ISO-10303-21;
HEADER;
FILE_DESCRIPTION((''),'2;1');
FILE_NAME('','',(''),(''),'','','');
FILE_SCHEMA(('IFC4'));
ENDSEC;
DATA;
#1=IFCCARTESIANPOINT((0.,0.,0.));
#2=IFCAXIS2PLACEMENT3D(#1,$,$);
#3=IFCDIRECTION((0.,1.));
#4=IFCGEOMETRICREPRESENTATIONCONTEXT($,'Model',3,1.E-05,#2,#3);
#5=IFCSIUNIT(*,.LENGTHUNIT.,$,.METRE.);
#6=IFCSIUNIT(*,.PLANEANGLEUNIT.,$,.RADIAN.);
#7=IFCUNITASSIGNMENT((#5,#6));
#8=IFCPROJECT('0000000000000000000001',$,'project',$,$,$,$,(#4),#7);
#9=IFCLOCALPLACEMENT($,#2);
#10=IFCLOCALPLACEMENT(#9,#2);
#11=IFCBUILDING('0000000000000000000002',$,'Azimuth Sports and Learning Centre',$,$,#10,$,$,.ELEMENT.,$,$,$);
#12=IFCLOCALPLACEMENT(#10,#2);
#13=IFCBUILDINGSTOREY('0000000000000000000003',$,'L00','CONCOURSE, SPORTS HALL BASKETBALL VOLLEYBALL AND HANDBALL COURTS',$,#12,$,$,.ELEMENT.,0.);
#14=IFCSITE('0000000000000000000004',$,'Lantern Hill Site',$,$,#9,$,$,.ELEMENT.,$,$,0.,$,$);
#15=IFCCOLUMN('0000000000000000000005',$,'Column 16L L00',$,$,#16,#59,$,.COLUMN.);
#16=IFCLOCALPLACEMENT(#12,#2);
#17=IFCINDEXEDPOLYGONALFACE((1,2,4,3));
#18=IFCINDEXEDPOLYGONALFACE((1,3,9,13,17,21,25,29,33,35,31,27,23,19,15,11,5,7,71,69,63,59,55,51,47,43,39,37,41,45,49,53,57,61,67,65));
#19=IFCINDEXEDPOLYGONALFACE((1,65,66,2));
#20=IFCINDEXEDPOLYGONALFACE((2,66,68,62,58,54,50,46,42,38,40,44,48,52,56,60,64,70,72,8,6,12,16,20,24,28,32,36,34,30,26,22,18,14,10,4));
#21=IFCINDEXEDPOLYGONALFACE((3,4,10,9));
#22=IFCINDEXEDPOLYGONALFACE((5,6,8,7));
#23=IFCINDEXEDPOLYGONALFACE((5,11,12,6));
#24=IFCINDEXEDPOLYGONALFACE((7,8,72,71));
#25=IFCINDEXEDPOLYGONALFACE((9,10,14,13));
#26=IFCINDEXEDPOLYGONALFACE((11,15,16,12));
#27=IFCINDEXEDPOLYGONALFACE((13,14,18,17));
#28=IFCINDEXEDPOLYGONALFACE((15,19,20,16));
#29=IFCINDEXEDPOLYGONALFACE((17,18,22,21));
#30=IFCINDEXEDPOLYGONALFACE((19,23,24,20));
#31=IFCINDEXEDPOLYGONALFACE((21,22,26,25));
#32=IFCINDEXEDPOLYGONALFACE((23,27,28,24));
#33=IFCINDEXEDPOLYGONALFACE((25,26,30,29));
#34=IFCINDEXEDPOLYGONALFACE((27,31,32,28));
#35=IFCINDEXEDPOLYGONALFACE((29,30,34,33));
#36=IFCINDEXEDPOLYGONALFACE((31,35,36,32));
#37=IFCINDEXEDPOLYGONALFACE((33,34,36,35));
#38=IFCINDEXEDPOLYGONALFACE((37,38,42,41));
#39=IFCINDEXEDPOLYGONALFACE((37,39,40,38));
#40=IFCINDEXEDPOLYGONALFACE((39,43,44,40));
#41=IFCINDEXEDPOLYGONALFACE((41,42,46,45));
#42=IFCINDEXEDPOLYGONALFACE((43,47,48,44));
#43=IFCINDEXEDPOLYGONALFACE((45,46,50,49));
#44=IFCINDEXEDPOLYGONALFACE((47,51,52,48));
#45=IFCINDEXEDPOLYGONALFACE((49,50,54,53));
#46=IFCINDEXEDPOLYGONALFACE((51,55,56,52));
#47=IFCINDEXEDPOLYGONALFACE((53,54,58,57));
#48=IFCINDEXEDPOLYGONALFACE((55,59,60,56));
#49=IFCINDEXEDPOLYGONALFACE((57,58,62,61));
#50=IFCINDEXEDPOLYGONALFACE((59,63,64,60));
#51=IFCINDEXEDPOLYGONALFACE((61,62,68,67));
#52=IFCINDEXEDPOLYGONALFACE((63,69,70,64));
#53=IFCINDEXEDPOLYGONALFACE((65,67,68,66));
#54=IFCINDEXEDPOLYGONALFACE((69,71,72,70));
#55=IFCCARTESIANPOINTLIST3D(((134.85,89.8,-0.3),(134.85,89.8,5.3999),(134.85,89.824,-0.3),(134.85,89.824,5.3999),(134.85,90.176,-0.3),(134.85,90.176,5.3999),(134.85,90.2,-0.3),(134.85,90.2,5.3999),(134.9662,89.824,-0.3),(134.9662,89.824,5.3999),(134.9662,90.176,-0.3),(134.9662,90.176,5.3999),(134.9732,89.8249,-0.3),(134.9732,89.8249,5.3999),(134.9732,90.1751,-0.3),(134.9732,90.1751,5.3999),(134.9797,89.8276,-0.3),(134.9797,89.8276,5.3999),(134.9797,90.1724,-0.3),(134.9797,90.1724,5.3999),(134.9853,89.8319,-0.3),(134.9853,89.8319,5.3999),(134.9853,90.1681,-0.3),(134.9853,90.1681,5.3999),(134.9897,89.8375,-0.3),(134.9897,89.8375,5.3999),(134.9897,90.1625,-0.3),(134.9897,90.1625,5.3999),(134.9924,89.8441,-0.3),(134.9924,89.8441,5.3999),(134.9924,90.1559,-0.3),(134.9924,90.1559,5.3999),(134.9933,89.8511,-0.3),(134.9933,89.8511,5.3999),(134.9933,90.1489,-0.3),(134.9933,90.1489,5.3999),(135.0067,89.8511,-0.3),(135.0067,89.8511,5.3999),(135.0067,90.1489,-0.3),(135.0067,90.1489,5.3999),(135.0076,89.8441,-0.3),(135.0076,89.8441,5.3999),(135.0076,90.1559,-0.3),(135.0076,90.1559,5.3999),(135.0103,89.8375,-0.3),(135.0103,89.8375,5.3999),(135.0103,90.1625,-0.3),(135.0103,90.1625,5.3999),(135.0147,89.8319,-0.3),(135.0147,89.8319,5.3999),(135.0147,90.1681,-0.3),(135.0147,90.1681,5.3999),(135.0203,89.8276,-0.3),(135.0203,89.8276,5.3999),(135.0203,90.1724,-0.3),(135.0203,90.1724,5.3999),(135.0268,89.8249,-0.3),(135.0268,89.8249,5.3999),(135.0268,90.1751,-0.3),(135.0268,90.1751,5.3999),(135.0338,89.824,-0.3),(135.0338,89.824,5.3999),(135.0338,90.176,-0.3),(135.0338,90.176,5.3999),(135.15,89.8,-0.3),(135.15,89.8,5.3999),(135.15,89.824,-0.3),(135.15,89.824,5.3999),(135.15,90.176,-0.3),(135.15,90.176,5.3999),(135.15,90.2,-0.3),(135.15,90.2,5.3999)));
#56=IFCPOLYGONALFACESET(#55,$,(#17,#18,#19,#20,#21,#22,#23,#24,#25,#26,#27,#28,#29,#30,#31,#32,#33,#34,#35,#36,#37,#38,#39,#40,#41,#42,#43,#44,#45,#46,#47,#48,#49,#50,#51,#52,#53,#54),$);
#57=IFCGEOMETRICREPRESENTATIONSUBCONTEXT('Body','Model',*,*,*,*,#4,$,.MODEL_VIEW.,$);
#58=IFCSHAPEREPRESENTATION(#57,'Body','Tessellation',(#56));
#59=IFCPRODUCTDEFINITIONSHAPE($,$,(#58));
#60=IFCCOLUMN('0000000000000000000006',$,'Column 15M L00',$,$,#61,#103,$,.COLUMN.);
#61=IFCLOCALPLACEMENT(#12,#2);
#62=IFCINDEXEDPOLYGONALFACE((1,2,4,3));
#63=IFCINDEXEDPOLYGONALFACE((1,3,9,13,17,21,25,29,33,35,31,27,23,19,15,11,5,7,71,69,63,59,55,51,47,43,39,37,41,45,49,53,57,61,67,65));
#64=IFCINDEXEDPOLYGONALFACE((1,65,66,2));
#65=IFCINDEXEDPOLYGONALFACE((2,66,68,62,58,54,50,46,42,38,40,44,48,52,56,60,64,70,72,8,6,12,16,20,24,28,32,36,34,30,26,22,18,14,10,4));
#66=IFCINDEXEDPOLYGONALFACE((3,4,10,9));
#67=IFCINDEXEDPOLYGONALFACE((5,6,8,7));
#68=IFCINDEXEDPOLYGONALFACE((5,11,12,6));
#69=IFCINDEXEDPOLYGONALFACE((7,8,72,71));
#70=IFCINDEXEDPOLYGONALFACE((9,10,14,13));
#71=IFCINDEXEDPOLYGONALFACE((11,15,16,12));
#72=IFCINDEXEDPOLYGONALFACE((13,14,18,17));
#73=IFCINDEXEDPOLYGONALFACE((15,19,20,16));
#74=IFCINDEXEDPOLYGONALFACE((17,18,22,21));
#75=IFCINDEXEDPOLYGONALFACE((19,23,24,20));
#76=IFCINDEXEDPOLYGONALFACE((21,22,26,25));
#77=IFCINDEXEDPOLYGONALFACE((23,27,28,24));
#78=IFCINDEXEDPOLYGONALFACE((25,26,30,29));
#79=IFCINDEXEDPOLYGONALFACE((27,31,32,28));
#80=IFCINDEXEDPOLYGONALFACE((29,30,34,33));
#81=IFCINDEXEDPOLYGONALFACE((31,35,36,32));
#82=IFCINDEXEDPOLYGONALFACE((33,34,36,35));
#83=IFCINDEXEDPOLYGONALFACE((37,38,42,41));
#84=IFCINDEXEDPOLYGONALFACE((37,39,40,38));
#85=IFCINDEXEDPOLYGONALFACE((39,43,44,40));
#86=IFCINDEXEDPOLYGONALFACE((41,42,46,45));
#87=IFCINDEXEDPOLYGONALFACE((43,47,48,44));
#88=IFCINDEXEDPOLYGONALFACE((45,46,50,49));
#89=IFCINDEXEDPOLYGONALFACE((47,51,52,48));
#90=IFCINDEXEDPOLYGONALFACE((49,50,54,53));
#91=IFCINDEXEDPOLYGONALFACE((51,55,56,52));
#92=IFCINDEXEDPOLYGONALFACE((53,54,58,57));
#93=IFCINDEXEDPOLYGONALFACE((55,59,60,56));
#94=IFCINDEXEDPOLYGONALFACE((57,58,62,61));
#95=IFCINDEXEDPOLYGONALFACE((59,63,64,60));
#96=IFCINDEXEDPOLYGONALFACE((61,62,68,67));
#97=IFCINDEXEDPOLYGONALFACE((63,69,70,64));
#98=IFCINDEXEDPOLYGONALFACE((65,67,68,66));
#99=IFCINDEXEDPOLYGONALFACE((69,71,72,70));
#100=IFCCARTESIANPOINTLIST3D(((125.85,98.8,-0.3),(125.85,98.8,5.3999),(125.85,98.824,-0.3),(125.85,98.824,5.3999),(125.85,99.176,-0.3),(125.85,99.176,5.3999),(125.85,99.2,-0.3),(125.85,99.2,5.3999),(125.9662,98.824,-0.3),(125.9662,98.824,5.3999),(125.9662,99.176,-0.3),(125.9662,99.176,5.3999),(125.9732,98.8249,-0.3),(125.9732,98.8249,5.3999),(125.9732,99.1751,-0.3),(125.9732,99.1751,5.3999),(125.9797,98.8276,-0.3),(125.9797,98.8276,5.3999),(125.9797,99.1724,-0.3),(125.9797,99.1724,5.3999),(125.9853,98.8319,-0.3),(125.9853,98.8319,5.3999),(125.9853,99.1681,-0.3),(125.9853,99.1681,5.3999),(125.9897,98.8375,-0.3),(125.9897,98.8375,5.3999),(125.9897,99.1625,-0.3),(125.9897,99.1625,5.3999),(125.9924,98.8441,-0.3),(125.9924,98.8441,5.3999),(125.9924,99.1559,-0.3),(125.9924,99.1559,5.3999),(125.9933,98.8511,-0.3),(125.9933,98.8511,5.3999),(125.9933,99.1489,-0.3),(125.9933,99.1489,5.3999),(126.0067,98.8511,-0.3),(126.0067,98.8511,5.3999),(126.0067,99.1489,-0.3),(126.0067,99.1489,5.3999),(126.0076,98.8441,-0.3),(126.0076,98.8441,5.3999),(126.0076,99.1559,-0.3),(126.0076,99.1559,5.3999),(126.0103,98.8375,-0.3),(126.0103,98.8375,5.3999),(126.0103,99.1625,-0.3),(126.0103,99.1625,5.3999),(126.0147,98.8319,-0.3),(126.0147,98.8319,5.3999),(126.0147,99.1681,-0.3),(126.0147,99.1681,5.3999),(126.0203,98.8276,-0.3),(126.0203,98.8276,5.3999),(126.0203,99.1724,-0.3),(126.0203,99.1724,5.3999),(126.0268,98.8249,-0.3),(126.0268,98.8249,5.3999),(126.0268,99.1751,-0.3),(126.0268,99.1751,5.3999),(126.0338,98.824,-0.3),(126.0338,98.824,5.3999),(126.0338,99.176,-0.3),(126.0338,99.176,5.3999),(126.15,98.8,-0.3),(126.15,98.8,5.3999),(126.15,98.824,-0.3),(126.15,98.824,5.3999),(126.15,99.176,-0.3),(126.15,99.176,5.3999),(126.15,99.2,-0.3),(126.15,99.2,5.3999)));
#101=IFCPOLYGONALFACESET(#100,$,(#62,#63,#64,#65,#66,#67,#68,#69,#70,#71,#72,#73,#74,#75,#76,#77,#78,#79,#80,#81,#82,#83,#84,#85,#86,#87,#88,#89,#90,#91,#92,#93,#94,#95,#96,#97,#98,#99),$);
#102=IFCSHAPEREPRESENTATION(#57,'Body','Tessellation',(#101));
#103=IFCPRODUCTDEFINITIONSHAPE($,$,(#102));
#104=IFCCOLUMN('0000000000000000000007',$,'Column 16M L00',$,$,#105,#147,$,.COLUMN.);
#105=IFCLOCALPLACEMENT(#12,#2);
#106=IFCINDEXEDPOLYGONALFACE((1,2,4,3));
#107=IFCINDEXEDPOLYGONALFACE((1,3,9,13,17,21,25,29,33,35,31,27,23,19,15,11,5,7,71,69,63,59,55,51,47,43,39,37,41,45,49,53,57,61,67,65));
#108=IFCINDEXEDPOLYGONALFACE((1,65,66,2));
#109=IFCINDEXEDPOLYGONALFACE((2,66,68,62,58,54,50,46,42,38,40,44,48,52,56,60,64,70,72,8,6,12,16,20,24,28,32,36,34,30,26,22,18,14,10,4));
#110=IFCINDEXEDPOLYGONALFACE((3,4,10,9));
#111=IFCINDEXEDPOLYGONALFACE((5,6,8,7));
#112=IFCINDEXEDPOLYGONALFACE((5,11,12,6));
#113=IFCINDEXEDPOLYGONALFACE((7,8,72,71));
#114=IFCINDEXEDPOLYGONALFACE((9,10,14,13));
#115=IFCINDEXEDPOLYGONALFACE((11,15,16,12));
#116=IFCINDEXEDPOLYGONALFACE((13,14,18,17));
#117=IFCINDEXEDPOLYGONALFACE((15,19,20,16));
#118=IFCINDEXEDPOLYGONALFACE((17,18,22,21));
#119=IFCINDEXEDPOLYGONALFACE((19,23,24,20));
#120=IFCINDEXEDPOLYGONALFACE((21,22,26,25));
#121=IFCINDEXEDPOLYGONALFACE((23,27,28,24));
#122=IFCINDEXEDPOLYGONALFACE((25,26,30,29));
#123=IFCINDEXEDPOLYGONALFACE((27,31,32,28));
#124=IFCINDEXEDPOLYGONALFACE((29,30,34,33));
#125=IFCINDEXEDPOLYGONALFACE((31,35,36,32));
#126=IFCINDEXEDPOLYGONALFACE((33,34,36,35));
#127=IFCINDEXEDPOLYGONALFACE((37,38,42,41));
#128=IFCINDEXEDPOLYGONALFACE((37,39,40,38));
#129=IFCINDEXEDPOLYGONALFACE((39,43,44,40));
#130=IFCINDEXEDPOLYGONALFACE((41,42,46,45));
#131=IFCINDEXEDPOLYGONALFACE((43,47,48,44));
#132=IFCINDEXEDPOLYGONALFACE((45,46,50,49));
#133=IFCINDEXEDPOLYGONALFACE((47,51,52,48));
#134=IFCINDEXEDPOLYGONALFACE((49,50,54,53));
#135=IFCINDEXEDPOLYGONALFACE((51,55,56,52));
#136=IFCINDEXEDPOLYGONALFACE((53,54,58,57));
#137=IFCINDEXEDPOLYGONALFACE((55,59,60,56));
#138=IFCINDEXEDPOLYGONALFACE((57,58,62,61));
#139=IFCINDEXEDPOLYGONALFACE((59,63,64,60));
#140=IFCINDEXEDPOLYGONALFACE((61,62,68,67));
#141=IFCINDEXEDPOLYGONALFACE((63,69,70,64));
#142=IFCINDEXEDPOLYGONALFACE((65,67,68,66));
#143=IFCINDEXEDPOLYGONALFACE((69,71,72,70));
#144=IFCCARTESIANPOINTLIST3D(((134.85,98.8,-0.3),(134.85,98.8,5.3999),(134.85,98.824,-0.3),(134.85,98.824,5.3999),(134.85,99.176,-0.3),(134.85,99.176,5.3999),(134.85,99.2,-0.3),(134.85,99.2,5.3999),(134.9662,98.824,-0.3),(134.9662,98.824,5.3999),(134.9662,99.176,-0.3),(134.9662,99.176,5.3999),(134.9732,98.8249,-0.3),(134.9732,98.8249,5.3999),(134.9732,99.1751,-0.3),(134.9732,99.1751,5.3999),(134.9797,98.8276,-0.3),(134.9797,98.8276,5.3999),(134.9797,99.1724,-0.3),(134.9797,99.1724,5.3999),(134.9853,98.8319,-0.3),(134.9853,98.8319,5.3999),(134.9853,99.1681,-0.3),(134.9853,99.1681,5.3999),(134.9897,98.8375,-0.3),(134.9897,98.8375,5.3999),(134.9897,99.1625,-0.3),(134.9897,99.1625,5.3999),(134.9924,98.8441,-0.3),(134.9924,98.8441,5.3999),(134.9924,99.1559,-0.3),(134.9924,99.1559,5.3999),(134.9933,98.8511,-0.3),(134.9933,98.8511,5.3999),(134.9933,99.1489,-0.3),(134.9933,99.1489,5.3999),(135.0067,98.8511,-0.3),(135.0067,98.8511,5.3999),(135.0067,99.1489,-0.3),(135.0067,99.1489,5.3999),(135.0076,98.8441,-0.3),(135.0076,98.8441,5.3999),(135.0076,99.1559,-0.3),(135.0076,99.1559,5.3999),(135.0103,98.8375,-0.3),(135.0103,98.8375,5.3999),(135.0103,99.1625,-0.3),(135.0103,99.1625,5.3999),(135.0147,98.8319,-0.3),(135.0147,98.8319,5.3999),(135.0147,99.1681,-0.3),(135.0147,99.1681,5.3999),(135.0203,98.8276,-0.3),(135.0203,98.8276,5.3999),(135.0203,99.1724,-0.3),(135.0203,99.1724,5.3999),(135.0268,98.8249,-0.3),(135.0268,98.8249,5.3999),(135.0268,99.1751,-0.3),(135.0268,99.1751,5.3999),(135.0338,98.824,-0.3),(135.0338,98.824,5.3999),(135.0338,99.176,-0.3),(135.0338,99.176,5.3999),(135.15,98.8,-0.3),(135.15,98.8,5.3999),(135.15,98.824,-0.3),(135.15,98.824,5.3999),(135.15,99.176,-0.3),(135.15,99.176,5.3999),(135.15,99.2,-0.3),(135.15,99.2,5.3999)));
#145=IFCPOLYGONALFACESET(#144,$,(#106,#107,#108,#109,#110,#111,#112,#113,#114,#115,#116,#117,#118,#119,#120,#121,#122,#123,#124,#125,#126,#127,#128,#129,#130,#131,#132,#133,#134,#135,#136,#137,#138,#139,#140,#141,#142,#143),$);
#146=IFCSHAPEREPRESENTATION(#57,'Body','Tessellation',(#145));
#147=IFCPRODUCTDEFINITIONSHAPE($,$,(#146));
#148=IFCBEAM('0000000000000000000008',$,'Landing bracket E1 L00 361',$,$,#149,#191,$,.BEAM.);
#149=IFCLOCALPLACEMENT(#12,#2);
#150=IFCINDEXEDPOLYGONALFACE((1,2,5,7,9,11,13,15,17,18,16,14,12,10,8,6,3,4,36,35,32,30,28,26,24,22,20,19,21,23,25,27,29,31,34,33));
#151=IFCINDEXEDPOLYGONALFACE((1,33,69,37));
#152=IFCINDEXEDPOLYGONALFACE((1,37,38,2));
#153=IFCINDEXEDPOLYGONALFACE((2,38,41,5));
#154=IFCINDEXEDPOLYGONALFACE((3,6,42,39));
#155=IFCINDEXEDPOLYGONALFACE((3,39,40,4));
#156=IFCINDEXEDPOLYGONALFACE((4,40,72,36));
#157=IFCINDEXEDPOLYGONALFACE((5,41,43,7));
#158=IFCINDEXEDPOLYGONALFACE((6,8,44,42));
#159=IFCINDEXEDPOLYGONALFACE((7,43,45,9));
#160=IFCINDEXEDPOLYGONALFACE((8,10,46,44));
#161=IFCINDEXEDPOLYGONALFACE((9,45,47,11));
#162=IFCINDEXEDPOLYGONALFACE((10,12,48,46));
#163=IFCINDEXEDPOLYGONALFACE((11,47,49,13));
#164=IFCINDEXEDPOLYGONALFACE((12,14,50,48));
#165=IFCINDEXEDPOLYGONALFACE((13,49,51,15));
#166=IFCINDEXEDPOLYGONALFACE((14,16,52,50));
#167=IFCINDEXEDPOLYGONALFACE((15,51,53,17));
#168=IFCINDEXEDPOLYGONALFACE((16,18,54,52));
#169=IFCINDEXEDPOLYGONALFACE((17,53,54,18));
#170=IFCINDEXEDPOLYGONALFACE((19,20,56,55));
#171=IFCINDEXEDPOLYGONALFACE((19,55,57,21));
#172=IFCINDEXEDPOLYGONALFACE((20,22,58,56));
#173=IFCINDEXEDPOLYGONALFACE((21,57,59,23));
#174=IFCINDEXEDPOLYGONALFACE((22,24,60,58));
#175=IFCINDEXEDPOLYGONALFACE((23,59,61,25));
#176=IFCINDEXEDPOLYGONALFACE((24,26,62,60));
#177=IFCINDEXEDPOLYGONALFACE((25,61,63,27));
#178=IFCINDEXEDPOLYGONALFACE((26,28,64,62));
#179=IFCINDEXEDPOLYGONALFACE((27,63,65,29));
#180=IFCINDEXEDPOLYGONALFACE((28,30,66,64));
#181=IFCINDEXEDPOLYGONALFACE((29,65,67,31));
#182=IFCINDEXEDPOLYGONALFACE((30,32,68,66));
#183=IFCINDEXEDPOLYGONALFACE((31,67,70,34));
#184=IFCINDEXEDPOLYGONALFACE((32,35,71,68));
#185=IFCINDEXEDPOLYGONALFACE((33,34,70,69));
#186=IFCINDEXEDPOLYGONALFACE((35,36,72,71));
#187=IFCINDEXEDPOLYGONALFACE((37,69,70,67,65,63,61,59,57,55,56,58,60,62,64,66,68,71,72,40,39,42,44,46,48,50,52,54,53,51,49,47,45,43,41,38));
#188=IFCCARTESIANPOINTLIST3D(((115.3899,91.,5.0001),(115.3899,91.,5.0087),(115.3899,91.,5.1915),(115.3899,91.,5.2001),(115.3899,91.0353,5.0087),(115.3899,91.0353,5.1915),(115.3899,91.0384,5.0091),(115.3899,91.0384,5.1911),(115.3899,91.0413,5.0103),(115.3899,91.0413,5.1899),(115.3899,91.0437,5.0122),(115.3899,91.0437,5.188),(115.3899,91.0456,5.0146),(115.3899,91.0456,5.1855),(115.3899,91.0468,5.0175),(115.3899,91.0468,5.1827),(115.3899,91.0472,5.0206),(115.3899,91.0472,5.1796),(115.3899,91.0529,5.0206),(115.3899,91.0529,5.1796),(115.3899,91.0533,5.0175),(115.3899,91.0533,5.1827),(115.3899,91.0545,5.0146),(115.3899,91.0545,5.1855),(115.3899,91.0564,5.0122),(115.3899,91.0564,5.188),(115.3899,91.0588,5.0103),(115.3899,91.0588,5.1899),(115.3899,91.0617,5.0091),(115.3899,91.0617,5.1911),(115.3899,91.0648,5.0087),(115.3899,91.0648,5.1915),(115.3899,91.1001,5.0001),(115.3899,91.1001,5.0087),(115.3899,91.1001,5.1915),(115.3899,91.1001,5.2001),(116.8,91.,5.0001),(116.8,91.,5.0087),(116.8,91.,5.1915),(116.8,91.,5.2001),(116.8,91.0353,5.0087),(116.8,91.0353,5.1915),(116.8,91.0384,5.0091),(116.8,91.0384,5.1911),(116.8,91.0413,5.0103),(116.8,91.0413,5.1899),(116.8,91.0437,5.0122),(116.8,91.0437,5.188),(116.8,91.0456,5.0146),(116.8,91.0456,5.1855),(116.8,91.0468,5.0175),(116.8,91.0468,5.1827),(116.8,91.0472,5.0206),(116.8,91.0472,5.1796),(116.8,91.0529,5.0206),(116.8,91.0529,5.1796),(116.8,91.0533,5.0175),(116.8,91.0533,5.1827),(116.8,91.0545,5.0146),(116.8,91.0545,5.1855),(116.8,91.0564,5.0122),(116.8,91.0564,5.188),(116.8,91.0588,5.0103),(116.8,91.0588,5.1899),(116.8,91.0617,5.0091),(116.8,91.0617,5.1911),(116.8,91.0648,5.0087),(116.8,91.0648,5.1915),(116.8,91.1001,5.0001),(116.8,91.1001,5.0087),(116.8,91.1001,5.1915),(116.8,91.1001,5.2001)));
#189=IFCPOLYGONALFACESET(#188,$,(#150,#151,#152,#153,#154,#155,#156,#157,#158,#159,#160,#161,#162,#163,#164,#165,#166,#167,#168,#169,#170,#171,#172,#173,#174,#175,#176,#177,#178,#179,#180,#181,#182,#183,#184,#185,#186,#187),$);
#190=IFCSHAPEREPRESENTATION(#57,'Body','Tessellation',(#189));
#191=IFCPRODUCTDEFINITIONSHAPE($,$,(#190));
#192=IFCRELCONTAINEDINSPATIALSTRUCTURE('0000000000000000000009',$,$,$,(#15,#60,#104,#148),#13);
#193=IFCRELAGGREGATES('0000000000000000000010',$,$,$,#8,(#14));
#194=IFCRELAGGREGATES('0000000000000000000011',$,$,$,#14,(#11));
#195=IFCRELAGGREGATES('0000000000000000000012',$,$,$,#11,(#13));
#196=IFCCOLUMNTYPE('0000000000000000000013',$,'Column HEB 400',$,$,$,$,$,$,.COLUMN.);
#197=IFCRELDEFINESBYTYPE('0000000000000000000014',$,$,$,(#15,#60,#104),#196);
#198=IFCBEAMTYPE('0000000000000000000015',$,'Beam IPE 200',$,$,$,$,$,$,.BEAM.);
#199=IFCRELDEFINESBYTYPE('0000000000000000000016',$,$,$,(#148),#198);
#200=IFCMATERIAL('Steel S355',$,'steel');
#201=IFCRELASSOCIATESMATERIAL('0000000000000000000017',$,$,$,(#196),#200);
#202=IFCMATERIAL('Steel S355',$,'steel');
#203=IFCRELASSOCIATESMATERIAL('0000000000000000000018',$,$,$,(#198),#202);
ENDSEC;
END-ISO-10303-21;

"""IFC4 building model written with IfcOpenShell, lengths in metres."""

from ifc_helpers import new_model, si_unit, direction, frame, origin, origin_2d, place, context, subcontext, project, spatial, i_section, extrude, material, material_profile, profile_set, type_object, element, save


model = new_model("IFC4")

# Units and contexts
model_context = context("Model", 3, precision=1e-05, world=origin(), true_north=direction((0.0, 1.0)))
body_context = subcontext(model_context, "Body", "Model", "MODEL_VIEW")
ifc_project = project(units=[si_unit("LENGTHUNIT", "METRE"), si_unit("PLANEANGLEUNIT", "RADIAN")], contexts=[model_context])

# Site, building, storey
site_placement = place(None, origin())
site = spatial("IfcSite", under=ifc_project, at=site_placement, Name="Lantern Hill Site", CompositionType="ELEMENT", RefElevation=0.0)
building_placement = place(site_placement, origin())
building = spatial("IfcBuilding", under=site, at=building_placement, Name="Azimuth Sports and Learning Centre", CompositionType="ELEMENT")
storey_placement = place(building_placement, origin())
storey = spatial("IfcBuildingStorey", under=building, at=storey_placement, Name="L00", Description="CONCOURSE, SPORTS HALL BASKETBALL VOLLEYBALL AND HANDBALL COURTS", CompositionType="ELEMENT", Elevation=0.0)

# Columns
ifc_material_1 = material(Name="Steel S355", Category="steel")
ifc_material_profile_1 = material_profile(ifc_material_1, i_section(OverallWidth=0.3, OverallDepth=0.3999, WebThickness=0.0134, FlangeThickness=0.0239, FilletRadius=0.0271, at=origin_2d()), Name="HEB 400")
ifc_profile_set_1 = profile_set([ifc_material_profile_1], Name="Steel S355")
column_type = type_object("IfcColumnType", Name="Column HEB 400", PredefinedType="COLUMN", material=ifc_profile_set_1)
for number, where, z_axis, x_axis, name in (
    (1, (135.0, 90.0, -0.3), (0.0, 0.0, 1.0), (1.0, 0.0, 0.0), "Column 16L L00"),
    (2, (126.0, 99.0, -0.3), (0.0, 0.0, 1.0), (1.0, 0.0, 0.0), "Column 15M L00"),
    (3, (135.0, 99.0, -0.3), (0.0, 0.0, 1.0), (1.0, 0.0, 0.0), "Column 16M L00"),
):
    element("IfcColumn", number, at=place(storey_placement, frame(where, z_axis=z_axis, x_axis=x_axis)), inside=storey, type_object=column_type, Name=name, PredefinedType="COLUMN", context=body_context, shape_type="SweptSolid", body=[
        extrude(i_section(OverallWidth=0.3, OverallDepth=0.3999, WebThickness=0.0134, FlangeThickness=0.0239, FilletRadius=0.0271, at=origin_2d()), origin(), (0.0, 0.0, 1.0), 5.7),
    ])

# Beam
ifc_material_2 = material(Name="Steel S355", Category="steel")
ifc_material_profile_2 = material_profile(ifc_material_2, i_section(OverallWidth=0.1001, OverallDepth=0.2, WebThickness=0.0056, FlangeThickness=0.0085, FilletRadius=0.012, at=origin_2d()), Name="IPE 200")
ifc_profile_set_2 = profile_set([ifc_material_profile_2], Name="Steel S355")
beam_type = type_object("IfcBeamType", Name="Beam IPE 200", PredefinedType="BEAM", material=ifc_profile_set_2)
for number, where, z_axis, x_axis, name in (
    (4, (116.8, 91.05, 5.1001), (-1.0, 0.0, 0.0), (0.0, -1.0, 0.0), "Landing bracket E1 L00 361"),
):
    element("IfcBeam", number, at=place(storey_placement, frame(where, z_axis=z_axis, x_axis=x_axis)), inside=storey, type_object=beam_type, Name=name, PredefinedType="BEAM", context=body_context, shape_type="SweptSolid", body=[
        extrude(i_section(OverallWidth=0.1001, OverallDepth=0.2, WebThickness=0.0056, FlangeThickness=0.0085, FilletRadius=0.012, at=origin_2d()), origin(), (0.0, 0.0, 1.0), 1.4102),
    ])

save(model, "model.ifc")
